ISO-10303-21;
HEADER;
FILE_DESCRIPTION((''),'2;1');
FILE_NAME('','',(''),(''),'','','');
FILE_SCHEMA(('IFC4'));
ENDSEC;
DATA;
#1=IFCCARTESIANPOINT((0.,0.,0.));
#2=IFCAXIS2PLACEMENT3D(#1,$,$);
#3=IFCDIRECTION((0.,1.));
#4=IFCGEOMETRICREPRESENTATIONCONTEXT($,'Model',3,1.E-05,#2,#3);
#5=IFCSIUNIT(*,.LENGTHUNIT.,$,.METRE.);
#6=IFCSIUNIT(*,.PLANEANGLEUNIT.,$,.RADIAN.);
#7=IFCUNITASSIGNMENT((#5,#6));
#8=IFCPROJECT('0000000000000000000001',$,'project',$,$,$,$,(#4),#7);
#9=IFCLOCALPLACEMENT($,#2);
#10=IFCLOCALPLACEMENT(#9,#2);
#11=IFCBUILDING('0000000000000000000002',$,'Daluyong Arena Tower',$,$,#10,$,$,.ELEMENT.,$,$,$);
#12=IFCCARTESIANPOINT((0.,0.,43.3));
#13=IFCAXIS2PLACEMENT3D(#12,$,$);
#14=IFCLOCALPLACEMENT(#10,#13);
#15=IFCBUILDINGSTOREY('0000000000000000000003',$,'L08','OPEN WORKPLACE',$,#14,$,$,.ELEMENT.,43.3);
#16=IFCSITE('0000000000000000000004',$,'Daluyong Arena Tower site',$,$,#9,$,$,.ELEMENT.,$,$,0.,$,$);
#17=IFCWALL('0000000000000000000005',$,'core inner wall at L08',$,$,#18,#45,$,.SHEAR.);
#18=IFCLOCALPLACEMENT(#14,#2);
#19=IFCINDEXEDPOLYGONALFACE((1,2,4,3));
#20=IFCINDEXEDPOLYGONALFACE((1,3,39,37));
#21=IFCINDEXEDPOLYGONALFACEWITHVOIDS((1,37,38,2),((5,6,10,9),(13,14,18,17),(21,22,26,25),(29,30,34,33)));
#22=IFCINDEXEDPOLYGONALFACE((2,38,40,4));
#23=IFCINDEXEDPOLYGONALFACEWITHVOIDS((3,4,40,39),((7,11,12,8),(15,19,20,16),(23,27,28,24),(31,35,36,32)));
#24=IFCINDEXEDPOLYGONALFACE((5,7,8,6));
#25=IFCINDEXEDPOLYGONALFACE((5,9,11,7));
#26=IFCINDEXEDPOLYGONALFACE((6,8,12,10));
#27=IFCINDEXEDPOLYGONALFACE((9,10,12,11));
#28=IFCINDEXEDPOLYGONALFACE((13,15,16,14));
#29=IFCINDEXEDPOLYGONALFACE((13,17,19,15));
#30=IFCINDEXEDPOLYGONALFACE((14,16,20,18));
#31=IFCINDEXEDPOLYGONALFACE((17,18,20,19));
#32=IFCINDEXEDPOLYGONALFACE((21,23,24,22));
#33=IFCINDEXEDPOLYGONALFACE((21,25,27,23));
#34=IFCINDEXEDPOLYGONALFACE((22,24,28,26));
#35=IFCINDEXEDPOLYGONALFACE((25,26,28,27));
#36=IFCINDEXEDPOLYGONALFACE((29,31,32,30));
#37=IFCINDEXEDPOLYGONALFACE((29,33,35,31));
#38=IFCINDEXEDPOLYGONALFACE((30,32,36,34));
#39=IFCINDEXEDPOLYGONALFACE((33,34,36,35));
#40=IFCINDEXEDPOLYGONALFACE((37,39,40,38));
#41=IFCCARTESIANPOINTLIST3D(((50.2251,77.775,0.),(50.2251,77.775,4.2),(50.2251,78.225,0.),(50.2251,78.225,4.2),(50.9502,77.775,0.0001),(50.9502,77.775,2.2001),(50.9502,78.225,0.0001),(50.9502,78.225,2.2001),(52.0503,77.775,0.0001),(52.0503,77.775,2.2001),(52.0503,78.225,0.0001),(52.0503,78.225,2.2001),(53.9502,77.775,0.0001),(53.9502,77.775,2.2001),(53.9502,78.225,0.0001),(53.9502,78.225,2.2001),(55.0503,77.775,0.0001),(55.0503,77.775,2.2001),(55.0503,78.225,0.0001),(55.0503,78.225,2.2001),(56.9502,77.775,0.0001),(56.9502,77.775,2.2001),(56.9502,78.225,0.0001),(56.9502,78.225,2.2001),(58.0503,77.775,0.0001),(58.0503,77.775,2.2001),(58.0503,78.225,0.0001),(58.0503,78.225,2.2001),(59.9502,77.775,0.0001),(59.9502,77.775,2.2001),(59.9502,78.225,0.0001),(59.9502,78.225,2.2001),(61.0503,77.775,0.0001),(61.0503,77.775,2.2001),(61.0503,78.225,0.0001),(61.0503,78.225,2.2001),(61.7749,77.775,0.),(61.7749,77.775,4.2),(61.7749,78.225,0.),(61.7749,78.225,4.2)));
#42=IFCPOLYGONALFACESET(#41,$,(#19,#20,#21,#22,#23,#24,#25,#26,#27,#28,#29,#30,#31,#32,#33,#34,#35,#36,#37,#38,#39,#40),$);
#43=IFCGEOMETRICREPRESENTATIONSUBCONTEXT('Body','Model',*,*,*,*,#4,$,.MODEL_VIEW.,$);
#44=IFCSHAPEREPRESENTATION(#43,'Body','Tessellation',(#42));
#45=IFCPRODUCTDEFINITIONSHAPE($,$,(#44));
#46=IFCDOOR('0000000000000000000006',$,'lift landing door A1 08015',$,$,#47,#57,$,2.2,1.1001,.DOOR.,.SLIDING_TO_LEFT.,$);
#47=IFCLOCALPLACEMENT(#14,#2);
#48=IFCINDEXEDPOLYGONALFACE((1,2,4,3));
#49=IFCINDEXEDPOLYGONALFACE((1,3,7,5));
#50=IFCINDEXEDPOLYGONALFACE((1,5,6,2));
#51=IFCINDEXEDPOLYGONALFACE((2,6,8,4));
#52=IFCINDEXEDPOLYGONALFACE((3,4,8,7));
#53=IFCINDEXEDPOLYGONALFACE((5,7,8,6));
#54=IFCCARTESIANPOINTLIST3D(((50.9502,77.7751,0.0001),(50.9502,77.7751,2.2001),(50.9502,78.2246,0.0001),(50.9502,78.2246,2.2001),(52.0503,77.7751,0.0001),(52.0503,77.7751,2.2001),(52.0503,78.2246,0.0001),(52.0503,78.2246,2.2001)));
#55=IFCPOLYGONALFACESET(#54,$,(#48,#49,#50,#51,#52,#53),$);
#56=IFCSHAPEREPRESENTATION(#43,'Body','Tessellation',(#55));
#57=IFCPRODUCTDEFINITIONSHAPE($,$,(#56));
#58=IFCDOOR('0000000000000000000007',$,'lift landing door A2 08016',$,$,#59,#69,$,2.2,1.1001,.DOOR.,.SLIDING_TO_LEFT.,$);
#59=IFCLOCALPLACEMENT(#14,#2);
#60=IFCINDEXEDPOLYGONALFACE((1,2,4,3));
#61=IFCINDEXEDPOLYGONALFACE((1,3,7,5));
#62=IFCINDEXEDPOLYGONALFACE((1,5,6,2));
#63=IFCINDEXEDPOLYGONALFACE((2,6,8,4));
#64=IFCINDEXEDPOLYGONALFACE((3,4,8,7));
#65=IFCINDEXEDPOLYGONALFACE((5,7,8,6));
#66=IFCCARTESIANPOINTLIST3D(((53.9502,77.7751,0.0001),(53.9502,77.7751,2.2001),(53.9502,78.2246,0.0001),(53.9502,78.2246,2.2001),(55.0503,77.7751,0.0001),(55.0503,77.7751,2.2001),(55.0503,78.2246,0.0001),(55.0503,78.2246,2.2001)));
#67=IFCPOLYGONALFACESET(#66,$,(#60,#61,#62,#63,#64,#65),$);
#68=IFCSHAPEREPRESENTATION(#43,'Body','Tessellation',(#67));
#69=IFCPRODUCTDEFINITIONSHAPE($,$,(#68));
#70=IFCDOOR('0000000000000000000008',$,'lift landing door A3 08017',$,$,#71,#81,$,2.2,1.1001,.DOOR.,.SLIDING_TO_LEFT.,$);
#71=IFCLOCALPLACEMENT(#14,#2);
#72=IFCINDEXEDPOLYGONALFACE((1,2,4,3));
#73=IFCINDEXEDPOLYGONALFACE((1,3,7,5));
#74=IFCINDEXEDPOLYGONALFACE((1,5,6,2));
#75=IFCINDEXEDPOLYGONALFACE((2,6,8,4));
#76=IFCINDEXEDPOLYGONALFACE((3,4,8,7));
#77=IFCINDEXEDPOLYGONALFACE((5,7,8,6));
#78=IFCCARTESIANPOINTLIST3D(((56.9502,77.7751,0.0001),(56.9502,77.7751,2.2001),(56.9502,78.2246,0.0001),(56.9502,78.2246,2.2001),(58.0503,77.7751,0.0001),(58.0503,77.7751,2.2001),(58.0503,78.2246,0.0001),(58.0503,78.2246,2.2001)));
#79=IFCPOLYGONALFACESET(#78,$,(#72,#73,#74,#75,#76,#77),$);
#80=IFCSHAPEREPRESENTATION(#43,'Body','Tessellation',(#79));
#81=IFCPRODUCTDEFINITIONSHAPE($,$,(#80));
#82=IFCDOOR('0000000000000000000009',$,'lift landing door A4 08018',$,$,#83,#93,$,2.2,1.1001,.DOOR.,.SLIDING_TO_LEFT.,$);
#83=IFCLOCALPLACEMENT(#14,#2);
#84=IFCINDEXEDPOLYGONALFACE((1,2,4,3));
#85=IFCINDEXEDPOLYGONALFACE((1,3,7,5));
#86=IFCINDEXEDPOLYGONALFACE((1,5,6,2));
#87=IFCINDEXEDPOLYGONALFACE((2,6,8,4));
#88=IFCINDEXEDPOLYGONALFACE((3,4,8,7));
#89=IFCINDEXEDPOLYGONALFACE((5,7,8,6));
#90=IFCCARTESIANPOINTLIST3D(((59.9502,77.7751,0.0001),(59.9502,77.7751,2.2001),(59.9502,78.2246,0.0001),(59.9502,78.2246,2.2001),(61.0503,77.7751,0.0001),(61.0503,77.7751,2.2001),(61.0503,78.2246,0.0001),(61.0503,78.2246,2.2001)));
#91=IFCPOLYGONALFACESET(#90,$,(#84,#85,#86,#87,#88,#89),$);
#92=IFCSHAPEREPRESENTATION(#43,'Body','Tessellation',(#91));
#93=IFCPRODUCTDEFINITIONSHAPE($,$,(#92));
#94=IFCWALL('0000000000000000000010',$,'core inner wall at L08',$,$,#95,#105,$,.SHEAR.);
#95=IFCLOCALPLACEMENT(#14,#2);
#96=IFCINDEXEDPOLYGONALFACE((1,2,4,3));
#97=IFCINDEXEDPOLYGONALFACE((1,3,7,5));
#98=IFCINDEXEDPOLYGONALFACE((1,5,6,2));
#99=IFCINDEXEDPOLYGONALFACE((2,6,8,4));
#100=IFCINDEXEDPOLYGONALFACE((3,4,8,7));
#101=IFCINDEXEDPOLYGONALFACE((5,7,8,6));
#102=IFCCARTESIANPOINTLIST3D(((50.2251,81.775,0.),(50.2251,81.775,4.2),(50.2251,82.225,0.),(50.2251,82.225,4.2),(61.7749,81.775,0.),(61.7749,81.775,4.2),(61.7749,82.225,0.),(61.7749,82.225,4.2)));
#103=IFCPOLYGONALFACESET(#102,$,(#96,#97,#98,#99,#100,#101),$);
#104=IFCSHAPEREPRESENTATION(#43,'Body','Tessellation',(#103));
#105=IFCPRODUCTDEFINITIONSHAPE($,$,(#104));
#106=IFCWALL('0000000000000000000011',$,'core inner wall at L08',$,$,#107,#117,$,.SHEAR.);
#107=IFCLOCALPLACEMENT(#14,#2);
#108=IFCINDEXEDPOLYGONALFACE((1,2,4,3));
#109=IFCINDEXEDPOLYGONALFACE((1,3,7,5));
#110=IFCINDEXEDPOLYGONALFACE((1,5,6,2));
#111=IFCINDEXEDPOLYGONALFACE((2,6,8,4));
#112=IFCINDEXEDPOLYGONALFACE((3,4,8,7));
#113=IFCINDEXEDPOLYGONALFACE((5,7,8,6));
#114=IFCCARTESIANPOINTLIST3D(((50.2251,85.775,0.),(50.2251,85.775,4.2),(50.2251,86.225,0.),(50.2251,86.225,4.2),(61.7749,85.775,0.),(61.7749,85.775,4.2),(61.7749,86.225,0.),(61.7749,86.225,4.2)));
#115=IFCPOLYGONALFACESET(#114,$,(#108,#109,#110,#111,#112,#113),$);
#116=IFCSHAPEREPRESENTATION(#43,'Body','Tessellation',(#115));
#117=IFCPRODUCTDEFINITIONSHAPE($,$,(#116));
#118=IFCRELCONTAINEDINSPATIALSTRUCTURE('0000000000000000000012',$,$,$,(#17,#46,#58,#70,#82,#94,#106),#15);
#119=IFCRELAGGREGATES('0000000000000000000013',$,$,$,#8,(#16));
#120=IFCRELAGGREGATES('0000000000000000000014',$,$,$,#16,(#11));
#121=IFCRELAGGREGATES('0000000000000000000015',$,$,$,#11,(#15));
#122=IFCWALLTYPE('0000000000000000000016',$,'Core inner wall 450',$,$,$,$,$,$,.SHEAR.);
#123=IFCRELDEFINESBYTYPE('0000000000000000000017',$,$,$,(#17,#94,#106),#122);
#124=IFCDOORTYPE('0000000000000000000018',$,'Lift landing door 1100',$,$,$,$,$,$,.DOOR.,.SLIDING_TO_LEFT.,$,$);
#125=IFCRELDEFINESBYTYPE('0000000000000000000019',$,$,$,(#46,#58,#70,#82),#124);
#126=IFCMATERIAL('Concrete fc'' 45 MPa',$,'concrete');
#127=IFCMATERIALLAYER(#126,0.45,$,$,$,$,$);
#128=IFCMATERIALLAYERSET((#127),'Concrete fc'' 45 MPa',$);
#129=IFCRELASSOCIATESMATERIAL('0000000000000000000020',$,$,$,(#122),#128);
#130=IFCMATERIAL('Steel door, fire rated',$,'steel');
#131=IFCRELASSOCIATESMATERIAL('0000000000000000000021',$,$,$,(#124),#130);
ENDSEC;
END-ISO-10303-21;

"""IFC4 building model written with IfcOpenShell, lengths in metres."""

from ifc_helpers import new_model, si_unit, direction, frame, frame_2d, origin, place, context, subcontext, project, spatial, rectangle, extrude, material, layer, layer_set, type_object, element, fill, save


model = new_model("IFC4")

# Units and contexts
model_context = context("Model", 3, precision=1e-05, world=origin(), true_north=direction((0.0, 1.0)))
body_context = subcontext(model_context, "Body", "Model", "MODEL_VIEW")
ifc_project = project(units=[si_unit("LENGTHUNIT", "METRE"), si_unit("PLANEANGLEUNIT", "RADIAN")], contexts=[model_context])

# Site, building, storey
site_placement = place(None, origin())
site = spatial("IfcSite", under=ifc_project, at=site_placement, Name="Daluyong Arena Tower site", CompositionType="ELEMENT", RefElevation=0.0)
building_placement = place(site_placement, origin())
building = spatial("IfcBuilding", under=site, at=building_placement, Name="Daluyong Arena Tower", CompositionType="ELEMENT")
storey_placement = place(building_placement, frame((0.0, 0.0, 43.3)))
storey = spatial("IfcBuildingStorey", under=building, at=storey_placement, Name="L08", Description="OPEN WORKPLACE", CompositionType="ELEMENT", Elevation=43.3)

# Shared definitions
ifc_material_1 = material(Name="Concrete fc' 45 MPa", Category="concrete")
ifc_layer_1 = layer(ifc_material_1, 0.45)
ifc_layer_set_1 = layer_set([ifc_layer_1], Name="Concrete fc' 45 MPa")
wall_type_1 = type_object("IfcWallType", Name="Core inner wall 450", PredefinedType="SHEAR", material=ifc_layer_set_1)

# Wall, openings, doors
wall_1_placement = place(storey_placement, frame((50.2251, 78.0, 0.0), z_axis=(0.0, 0.0, 1.0), x_axis=(1.0, 0.0, 0.0)))
wall_1 = element("IfcWall", 1, at=wall_1_placement, inside=storey, type_object=wall_type_1, Name="core inner wall at L08", PredefinedType="SHEAR", context=body_context, shape_type="SweptSolid", body=[
    extrude(rectangle(XDim=11.5498, YDim=0.45, at=frame_2d((5.7749, 0.0))), origin(), (0.0, 0.0, 1.0), 4.2),
])
opening_1_placement = place(wall_1_placement, frame((0.7251, 0.0, 0.0)))
opening_1 = element("IfcOpeningElement", 2, at=opening_1_placement, cuts=wall_1, PredefinedType="OPENING", context=body_context, shape_type="SweptSolid", body=[
    extrude(rectangle(XDim=1.1001, YDim=2.2, at=frame_2d((0.55, 1.1001))), frame((0.0, 0.2349, 0.0), z_axis=(0.0, -1.0, 0.0), x_axis=(1.0, 0.0, 0.0)), (0.0, 0.0, 1.0), 0.47),
])
opening_2_placement = place(wall_1_placement, frame((3.7251, 0.0, 0.0)))
opening_2 = element("IfcOpeningElement", 3, at=opening_2_placement, cuts=wall_1, PredefinedType="OPENING", context=body_context, shape_type="SweptSolid", body=[
    extrude(rectangle(XDim=1.1001, YDim=2.2, at=frame_2d((0.55, 1.1001))), frame((0.0, 0.2349, 0.0), z_axis=(0.0, -1.0, 0.0), x_axis=(1.0, 0.0, 0.0)), (0.0, 0.0, 1.0), 0.47),
])
opening_3_placement = place(wall_1_placement, frame((6.7251, 0.0, 0.0)))
opening_3 = element("IfcOpeningElement", 4, at=opening_3_placement, cuts=wall_1, PredefinedType="OPENING", context=body_context, shape_type="SweptSolid", body=[
    extrude(rectangle(XDim=1.1001, YDim=2.2, at=frame_2d((0.55, 1.1001))), frame((0.0, 0.2349, 0.0), z_axis=(0.0, -1.0, 0.0), x_axis=(1.0, 0.0, 0.0)), (0.0, 0.0, 1.0), 0.47),
])
opening_4_placement = place(wall_1_placement, frame((9.7251, 0.0, 0.0)))
opening_4 = element("IfcOpeningElement", 5, at=opening_4_placement, cuts=wall_1, PredefinedType="OPENING", context=body_context, shape_type="SweptSolid", body=[
    extrude(rectangle(XDim=1.1001, YDim=2.2, at=frame_2d((0.55, 1.1001))), frame((0.0, 0.2349, 0.0), z_axis=(0.0, -1.0, 0.0), x_axis=(1.0, 0.0, 0.0)), (0.0, 0.0, 1.0), 0.47),
])
ifc_material_2 = material(Name="Steel door, fire rated", Category="steel")
door_type_1 = type_object("IfcDoorType", Name="Lift landing door 1100", OperationType="SLIDING_TO_LEFT", PredefinedType="DOOR", material=ifc_material_2)
door_1_placement = place(opening_1_placement, origin())
door_1 = element("IfcDoor", 6, at=door_1_placement, inside=storey, type_object=door_type_1, Name="lift landing door A1 08015", OperationType="SLIDING_TO_LEFT", OverallHeight=2.2, OverallWidth=1.1001, PredefinedType="DOOR", context=body_context, shape_type="SweptSolid", body=[
    extrude(rectangle(XDim=1.1001, YDim=2.2, at=frame_2d((0.55, 1.1001))), frame((0.0, 0.2246, 0.0), z_axis=(0.0, -1.0, 0.0), x_axis=(1.0, 0.0, 0.0)), (0.0, 0.0, 1.0), 0.4495),
])
fill(opening_1, door_1)
door_2_placement = place(opening_2_placement, origin())
door_2 = element("IfcDoor", 7, at=door_2_placement, inside=storey, type_object=door_type_1, Name="lift landing door A2 08016", OperationType="SLIDING_TO_LEFT", OverallHeight=2.2, OverallWidth=1.1001, PredefinedType="DOOR", context=body_context, shape_type="SweptSolid", body=[
    extrude(rectangle(XDim=1.1001, YDim=2.2, at=frame_2d((0.55, 1.1001))), frame((0.0, 0.2246, 0.0), z_axis=(0.0, -1.0, 0.0), x_axis=(1.0, 0.0, 0.0)), (0.0, 0.0, 1.0), 0.4495),
])
fill(opening_2, door_2)
door_3_placement = place(opening_3_placement, origin())
door_3 = element("IfcDoor", 8, at=door_3_placement, inside=storey, type_object=door_type_1, Name="lift landing door A3 08017", OperationType="SLIDING_TO_LEFT", OverallHeight=2.2, OverallWidth=1.1001, PredefinedType="DOOR", context=body_context, shape_type="SweptSolid", body=[
    extrude(rectangle(XDim=1.1001, YDim=2.2, at=frame_2d((0.55, 1.1001))), frame((0.0, 0.2246, 0.0), z_axis=(0.0, -1.0, 0.0), x_axis=(1.0, 0.0, 0.0)), (0.0, 0.0, 1.0), 0.4495),
])
fill(opening_3, door_3)
door_4_placement = place(opening_4_placement, origin())
door_4 = element("IfcDoor", 9, at=door_4_placement, inside=storey, type_object=door_type_1, Name="lift landing door A4 08018", OperationType="SLIDING_TO_LEFT", OverallHeight=2.2, OverallWidth=1.1001, PredefinedType="DOOR", context=body_context, shape_type="SweptSolid", body=[
    extrude(rectangle(XDim=1.1001, YDim=2.2, at=frame_2d((0.55, 1.1001))), frame((0.0, 0.2246, 0.0), z_axis=(0.0, -1.0, 0.0), x_axis=(1.0, 0.0, 0.0)), (0.0, 0.0, 1.0), 0.4495),
])
fill(opening_4, door_4)

# Walls
for number, where, z_axis, x_axis, name in (
    (10, (50.2251, 82.0, 0.0), (0.0, 0.0, 1.0), (1.0, 0.0, 0.0), "core inner wall at L08"),
    (11, (50.2251, 86.0, 0.0), (0.0, 0.0, 1.0), (1.0, 0.0, 0.0), "core inner wall at L08"),
):
    element("IfcWall", number, at=place(storey_placement, frame(where, z_axis=z_axis, x_axis=x_axis)), inside=storey, type_object=wall_type_1, Name=name, PredefinedType="SHEAR", context=body_context, shape_type="SweptSolid", body=[
        extrude(rectangle(XDim=11.5498, YDim=0.45, at=frame_2d((5.7749, 0.0))), origin(), (0.0, 0.0, 1.0), 4.2),
    ])

save(model, "model.ifc")
